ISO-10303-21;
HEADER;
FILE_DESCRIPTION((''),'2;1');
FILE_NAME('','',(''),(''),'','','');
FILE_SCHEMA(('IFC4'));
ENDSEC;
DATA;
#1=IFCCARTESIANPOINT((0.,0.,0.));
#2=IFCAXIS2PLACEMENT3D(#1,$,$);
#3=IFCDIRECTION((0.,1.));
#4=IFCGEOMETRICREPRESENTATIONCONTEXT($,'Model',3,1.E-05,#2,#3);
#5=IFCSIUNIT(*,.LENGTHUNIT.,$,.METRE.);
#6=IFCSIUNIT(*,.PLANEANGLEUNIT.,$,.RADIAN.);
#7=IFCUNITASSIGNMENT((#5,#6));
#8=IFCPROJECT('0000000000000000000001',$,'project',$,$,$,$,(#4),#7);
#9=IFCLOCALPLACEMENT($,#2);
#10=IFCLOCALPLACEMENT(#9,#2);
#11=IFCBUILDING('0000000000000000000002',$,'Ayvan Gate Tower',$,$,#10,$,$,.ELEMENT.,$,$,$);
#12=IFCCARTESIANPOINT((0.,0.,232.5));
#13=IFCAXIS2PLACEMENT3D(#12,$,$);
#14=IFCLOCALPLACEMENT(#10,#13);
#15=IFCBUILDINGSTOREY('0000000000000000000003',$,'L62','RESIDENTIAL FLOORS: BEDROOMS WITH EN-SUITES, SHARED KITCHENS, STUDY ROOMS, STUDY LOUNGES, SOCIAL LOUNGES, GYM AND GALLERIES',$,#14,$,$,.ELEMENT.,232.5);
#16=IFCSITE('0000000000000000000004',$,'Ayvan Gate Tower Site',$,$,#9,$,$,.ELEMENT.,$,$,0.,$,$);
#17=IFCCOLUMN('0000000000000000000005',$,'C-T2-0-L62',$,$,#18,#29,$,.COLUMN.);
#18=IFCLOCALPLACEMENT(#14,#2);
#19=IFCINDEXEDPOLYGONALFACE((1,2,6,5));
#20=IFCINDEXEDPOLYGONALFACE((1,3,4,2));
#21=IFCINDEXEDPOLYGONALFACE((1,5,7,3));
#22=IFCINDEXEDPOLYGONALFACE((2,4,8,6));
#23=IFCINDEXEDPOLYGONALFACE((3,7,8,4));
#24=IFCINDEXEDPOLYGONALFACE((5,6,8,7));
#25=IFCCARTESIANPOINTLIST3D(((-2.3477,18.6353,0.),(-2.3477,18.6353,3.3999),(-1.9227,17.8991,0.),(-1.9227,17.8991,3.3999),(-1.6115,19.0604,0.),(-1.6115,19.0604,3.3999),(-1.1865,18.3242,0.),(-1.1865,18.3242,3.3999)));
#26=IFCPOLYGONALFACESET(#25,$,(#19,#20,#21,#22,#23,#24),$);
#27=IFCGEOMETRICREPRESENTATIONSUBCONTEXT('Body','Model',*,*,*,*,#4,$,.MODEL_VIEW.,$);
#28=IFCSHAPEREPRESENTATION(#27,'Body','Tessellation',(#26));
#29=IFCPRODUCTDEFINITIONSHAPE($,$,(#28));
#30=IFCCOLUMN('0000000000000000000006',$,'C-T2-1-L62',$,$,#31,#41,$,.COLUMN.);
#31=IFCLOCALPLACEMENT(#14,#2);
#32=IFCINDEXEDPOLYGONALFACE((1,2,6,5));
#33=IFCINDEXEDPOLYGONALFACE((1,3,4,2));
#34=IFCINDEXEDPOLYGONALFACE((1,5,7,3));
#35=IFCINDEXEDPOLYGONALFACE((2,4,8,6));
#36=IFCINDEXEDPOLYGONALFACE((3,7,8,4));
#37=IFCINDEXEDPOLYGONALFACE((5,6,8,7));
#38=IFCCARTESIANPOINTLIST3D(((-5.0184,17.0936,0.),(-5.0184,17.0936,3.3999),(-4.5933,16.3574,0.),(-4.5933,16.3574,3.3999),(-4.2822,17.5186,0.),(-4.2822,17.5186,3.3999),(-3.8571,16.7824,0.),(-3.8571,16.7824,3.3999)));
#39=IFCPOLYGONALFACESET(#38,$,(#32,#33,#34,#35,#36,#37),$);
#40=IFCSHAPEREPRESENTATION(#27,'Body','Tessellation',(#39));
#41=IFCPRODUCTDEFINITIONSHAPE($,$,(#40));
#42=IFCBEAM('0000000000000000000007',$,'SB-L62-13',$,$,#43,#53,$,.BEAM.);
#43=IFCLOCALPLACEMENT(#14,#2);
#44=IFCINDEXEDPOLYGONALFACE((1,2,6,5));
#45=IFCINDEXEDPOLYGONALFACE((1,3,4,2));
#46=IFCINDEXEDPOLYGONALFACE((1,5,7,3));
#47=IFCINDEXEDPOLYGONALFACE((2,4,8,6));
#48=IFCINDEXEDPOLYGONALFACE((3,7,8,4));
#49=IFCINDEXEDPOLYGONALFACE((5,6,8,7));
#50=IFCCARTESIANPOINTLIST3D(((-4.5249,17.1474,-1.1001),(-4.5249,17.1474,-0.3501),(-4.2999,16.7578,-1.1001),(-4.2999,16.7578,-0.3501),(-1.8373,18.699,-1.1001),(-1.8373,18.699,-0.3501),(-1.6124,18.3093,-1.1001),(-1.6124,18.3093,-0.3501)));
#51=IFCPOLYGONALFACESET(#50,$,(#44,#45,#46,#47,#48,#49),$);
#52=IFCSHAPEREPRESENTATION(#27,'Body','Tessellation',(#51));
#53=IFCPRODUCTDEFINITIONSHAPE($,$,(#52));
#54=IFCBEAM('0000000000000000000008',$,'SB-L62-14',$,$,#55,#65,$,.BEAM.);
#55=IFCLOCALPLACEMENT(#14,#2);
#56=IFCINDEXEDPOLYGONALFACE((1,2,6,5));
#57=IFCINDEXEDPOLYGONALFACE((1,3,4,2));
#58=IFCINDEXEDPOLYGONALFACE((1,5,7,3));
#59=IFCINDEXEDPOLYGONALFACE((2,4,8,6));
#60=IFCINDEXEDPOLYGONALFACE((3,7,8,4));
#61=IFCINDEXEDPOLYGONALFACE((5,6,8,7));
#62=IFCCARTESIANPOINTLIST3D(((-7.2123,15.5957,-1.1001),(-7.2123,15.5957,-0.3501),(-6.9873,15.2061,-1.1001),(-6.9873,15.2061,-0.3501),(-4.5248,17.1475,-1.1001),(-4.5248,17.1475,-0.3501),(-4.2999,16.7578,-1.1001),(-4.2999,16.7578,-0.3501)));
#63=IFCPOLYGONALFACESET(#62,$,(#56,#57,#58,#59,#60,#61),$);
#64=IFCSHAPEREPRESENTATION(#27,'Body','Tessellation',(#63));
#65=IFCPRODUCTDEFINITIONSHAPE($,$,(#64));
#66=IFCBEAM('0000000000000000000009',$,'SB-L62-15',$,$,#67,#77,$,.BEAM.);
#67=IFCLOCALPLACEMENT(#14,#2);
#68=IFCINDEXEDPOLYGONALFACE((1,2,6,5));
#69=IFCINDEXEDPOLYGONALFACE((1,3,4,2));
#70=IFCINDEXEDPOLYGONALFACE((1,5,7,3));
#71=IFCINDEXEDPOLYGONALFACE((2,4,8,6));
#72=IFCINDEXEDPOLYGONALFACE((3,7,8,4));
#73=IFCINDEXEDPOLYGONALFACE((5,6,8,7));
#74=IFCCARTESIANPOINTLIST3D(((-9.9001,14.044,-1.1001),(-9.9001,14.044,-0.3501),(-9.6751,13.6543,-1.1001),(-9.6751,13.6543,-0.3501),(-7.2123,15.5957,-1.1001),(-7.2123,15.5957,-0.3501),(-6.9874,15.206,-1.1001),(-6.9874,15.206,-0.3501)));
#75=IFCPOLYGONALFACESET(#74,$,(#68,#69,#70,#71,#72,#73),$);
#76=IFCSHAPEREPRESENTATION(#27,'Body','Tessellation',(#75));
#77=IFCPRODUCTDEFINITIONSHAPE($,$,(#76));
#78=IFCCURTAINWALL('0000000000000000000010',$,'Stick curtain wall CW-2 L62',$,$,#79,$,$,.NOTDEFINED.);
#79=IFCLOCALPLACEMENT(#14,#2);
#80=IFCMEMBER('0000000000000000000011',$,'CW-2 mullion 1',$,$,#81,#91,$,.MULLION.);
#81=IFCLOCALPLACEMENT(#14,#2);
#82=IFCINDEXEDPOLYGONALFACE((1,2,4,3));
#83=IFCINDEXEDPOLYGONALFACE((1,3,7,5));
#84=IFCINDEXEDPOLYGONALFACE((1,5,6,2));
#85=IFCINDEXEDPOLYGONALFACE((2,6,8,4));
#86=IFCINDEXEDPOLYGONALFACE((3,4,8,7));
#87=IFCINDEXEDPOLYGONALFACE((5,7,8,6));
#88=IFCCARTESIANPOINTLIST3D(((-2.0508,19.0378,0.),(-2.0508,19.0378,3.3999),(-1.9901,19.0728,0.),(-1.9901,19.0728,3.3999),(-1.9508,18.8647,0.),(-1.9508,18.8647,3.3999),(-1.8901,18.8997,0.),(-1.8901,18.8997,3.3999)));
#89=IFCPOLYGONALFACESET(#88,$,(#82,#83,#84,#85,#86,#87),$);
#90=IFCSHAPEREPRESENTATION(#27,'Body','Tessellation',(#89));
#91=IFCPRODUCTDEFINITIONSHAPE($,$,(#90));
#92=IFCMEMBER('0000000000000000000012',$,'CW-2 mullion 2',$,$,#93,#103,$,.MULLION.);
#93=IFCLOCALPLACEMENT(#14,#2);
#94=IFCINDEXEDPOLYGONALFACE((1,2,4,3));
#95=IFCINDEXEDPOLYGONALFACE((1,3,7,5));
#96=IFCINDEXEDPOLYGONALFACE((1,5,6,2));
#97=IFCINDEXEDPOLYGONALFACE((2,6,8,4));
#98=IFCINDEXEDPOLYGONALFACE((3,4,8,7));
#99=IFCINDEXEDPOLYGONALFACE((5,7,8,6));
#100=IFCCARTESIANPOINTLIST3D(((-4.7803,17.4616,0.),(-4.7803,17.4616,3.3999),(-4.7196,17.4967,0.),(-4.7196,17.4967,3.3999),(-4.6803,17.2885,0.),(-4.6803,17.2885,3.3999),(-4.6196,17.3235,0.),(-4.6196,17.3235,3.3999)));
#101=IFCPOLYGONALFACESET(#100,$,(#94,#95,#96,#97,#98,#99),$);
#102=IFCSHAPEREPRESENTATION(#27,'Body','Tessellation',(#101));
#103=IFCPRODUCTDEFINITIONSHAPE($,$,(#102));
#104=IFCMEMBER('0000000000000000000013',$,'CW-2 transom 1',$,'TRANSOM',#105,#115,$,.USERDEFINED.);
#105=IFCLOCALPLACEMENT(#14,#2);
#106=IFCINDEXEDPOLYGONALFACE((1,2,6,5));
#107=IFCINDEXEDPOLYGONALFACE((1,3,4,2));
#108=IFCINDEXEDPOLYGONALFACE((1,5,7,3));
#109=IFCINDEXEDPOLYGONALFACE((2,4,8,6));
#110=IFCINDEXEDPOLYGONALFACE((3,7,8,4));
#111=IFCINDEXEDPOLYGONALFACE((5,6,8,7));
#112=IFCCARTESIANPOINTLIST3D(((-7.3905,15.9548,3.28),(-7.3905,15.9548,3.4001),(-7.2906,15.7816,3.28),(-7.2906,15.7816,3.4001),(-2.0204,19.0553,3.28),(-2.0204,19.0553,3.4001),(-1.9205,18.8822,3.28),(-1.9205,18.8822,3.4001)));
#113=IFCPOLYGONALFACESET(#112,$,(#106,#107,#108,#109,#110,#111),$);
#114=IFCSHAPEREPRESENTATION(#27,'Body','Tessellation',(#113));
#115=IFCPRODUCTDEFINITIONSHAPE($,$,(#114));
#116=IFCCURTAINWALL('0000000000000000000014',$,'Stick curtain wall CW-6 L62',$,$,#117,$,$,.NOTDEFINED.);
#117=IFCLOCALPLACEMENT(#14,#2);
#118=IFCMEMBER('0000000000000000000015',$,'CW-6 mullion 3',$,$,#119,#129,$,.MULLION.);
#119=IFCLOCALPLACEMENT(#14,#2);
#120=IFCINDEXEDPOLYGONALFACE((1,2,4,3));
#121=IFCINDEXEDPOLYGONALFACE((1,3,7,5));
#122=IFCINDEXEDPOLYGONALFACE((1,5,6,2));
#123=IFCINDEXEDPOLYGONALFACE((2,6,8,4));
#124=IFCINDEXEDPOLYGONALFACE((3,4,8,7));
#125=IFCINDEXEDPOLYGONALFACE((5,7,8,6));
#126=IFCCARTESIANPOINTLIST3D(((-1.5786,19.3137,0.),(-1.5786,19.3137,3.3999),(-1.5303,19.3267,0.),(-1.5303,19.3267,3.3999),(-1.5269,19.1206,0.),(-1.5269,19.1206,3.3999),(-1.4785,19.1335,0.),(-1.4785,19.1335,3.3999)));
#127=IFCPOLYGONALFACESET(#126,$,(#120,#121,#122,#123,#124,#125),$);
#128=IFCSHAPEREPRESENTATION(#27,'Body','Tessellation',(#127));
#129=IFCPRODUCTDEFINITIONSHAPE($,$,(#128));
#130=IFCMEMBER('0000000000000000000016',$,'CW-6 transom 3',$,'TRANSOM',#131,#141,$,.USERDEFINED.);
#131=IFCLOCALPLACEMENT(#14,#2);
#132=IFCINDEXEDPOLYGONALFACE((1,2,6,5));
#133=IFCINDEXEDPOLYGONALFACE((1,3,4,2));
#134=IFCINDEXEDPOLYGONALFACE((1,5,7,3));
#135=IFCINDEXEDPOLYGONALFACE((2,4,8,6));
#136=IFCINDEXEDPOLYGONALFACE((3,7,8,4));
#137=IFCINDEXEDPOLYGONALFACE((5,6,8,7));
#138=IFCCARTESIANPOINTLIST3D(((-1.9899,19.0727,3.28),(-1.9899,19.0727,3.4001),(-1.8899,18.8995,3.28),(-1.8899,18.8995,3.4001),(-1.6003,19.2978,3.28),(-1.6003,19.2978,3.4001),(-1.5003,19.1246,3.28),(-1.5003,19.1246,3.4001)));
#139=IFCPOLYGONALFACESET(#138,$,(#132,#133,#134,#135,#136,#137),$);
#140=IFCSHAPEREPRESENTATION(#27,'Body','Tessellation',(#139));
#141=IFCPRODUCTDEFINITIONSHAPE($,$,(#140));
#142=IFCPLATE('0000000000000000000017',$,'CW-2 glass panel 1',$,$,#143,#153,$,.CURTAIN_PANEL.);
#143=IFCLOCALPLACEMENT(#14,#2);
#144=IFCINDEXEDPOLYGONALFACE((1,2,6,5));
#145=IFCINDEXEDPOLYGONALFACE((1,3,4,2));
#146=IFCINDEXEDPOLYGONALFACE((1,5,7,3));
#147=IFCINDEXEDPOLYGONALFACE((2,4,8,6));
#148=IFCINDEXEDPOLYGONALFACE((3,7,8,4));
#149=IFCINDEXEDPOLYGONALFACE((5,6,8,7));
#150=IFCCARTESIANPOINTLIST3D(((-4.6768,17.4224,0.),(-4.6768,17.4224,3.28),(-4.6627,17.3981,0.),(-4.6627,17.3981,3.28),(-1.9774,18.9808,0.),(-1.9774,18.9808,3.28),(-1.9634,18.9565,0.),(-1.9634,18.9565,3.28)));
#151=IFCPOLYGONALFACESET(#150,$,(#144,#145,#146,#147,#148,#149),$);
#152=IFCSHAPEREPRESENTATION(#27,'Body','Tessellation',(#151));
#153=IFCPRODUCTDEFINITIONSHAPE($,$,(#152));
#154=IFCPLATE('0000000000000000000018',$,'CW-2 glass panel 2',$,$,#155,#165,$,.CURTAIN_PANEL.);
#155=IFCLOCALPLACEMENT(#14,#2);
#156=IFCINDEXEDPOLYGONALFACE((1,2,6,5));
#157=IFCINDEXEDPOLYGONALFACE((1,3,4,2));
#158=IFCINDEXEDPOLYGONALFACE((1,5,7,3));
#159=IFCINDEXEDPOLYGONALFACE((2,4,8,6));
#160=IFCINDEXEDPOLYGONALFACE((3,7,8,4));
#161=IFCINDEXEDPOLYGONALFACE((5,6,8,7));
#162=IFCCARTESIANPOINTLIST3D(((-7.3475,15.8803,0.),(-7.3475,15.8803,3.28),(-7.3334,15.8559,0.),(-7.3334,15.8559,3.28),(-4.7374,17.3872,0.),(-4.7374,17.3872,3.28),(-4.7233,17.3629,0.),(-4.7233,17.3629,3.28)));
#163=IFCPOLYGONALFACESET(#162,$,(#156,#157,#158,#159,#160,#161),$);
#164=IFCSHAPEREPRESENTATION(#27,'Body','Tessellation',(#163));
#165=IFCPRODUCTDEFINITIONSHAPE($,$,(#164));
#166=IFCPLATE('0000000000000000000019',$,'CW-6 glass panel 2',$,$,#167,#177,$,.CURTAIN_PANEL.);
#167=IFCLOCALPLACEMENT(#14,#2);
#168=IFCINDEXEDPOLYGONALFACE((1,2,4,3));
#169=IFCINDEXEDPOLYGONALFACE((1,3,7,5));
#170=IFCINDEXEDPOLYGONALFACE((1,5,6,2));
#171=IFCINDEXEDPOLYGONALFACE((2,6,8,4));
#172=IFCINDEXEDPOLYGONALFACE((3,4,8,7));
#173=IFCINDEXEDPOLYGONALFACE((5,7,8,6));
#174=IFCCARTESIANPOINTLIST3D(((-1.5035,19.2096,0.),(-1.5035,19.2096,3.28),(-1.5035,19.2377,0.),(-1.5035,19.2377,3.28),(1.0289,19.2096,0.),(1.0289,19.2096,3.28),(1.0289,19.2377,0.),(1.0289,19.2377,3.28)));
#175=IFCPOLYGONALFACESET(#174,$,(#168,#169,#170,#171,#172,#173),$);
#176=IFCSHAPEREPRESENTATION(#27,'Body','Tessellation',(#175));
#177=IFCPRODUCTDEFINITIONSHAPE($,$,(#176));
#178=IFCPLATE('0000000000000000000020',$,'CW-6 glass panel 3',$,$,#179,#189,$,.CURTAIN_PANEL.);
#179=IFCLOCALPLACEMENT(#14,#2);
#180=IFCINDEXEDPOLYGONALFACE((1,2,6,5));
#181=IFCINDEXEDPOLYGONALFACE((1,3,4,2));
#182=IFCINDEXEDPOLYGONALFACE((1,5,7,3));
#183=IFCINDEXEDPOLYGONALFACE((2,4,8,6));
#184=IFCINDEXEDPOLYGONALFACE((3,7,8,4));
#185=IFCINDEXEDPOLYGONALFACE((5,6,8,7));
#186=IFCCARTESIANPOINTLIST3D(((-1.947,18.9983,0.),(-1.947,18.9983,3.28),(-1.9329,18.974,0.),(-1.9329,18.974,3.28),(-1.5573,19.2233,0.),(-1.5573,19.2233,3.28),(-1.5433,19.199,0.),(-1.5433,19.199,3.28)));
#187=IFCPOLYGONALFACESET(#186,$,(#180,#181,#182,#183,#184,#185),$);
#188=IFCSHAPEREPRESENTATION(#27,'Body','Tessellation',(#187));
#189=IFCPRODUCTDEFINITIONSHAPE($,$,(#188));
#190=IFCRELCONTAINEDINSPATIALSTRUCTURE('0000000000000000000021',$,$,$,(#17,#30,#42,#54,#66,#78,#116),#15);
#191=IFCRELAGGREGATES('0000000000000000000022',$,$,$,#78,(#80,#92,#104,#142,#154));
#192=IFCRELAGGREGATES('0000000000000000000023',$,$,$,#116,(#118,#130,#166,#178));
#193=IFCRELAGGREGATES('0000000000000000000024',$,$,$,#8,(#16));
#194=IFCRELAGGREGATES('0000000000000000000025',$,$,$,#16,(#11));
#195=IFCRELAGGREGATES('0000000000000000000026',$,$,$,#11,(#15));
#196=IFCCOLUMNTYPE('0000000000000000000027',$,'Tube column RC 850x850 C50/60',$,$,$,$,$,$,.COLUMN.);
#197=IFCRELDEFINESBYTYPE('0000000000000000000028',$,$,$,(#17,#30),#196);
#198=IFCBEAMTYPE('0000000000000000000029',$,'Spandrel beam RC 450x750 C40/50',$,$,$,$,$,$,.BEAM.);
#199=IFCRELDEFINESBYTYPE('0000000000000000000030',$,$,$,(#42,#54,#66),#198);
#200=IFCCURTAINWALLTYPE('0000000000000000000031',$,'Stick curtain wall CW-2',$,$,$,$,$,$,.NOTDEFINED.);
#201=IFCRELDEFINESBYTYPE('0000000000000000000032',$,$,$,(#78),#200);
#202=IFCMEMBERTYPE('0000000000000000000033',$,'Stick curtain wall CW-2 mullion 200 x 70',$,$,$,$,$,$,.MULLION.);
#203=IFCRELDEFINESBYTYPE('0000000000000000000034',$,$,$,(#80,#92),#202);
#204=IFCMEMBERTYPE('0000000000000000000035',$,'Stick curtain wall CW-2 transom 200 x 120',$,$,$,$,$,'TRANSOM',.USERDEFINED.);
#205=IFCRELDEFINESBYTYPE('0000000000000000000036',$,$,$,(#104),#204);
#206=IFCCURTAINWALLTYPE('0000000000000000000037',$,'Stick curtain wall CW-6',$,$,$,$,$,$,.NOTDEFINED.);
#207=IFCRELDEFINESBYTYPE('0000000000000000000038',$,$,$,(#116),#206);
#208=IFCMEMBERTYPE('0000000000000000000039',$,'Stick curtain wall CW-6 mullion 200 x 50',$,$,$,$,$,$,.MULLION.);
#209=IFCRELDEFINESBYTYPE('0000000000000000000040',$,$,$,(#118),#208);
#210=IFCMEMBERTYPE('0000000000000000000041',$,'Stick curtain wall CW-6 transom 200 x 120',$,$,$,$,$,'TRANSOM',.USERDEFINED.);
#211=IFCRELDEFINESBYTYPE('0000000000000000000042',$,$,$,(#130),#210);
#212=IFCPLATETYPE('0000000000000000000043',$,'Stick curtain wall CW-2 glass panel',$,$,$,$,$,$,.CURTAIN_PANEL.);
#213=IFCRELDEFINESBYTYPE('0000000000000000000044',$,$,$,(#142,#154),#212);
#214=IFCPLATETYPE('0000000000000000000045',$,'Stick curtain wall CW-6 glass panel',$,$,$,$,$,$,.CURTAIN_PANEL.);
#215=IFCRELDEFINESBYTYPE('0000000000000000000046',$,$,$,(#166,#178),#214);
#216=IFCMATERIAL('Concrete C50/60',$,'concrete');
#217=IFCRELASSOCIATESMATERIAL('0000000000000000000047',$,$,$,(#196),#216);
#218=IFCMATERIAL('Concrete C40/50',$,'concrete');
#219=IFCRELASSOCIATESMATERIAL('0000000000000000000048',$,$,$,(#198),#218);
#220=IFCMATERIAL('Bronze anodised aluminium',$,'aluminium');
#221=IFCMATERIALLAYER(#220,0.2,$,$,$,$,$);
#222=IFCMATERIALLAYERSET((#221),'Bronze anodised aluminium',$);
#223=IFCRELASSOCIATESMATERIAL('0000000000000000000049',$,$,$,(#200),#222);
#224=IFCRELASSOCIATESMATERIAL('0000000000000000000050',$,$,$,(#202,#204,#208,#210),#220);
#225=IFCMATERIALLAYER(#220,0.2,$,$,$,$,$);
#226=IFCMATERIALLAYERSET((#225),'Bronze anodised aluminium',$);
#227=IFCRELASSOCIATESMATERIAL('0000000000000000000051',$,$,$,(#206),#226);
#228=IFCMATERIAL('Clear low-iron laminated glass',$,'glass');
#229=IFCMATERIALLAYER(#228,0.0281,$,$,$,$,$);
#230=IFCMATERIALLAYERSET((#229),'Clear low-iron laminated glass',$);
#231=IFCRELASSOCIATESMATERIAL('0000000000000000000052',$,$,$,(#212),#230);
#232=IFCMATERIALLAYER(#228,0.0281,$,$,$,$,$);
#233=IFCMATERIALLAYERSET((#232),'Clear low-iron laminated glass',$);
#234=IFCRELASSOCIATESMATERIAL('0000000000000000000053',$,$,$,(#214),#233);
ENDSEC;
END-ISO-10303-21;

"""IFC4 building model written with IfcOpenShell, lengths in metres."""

from ifc_helpers import new_model, si_unit, direction, frame, origin, origin_2d, place, context, subcontext, project, spatial, rectangle, extrude, material, layer, layer_set, material_profile, profile_set, type_object, element, aggregate, save


model = new_model("IFC4")

# Units and contexts
model_context = context("Model", 3, precision=1e-05, world=origin(), true_north=direction((0.0, 1.0)))
body_context = subcontext(model_context, "Body", "Model", "MODEL_VIEW")
ifc_project = project(units=[si_unit("LENGTHUNIT", "METRE"), si_unit("PLANEANGLEUNIT", "RADIAN")], contexts=[model_context])

# Site, building, storey
site_placement = place(None, origin())
site = spatial("IfcSite", under=ifc_project, at=site_placement, Name="Ayvan Gate Tower Site", CompositionType="ELEMENT", RefElevation=0.0)
building_placement = place(site_placement, origin())
building = spatial("IfcBuilding", under=site, at=building_placement, Name="Ayvan Gate Tower", CompositionType="ELEMENT")
storey_placement = place(building_placement, frame((0.0, 0.0, 232.5)))
storey = spatial("IfcBuildingStorey", under=building, at=storey_placement, Name="L62", Description="RESIDENTIAL FLOORS: BEDROOMS WITH EN-SUITES, SHARED KITCHENS, STUDY ROOMS, STUDY LOUNGES, SOCIAL LOUNGES, GYM AND GALLERIES", CompositionType="ELEMENT", Elevation=232.5)

# Columns
ifc_material_1 = material(Name="Concrete C50/60", Category="concrete")
ifc_material_profile_1 = material_profile(ifc_material_1, rectangle(XDim=0.8501, YDim=0.8501, at=origin_2d()), Name="RC 850x850")
ifc_profile_set_1 = profile_set([ifc_material_profile_1], Name="Concrete C50/60")
column_type = type_object("IfcColumnType", Name="Tube column RC 850x850 C50/60", PredefinedType="COLUMN", material=ifc_profile_set_1)
for number, where, z_axis, x_axis, name in (
    (1, (-1.7671, 18.4797, 0.0), (0.0, 0.0, 1.0), (-0.5, 0.866025, 0.0), "C-T2-0-L62"),
    (2, (-4.4377, 16.938, 0.0), (0.0, 0.0, 1.0), (-0.5, 0.866025, 0.0), "C-T2-1-L62"),
):
    element("IfcColumn", number, at=place(storey_placement, frame(where, z_axis=z_axis, x_axis=x_axis)), inside=storey, type_object=column_type, Name=name, PredefinedType="COLUMN", context=body_context, shape_type="SweptSolid", body=[
        extrude(rectangle(XDim=0.8501, YDim=0.8501, at=origin_2d()), origin(), (0.0, 0.0, 1.0), 3.3999),
    ])

# Beams
ifc_material_2 = material(Name="Concrete C40/50", Category="concrete")
ifc_material_profile_2 = material_profile(ifc_material_2, rectangle(XDim=0.45, YDim=0.75, at=origin_2d()), Name="RC 450x750")
ifc_profile_set_2 = profile_set([ifc_material_profile_2], Name="Concrete C40/50")
beam_type = type_object("IfcBeamType", Name="Spandrel beam RC 450x750 C40/50", PredefinedType="BEAM", material=ifc_profile_set_2)
for number, where, z_axis, x_axis, name in (
    (3, (-1.7249, 18.5042, -0.7251), (-0.866041, -0.499972, 0.0), (0.499972, -0.866041, 0.0), "SB-L62-13"),
    (4, (-4.4124, 16.9526, -0.7251), (-0.866007, -0.500031, 0.0), (0.500031, -0.866007, 0.0), "SB-L62-14"),
):
    element("IfcBeam", number, at=place(storey_placement, frame(where, z_axis=z_axis, x_axis=x_axis)), inside=storey, type_object=beam_type, Name=name, PredefinedType="BEAM", context=body_context, shape_type="SweptSolid", body=[
        extrude(rectangle(XDim=0.45, YDim=0.75, at=origin_2d()), origin(), (0.0, 0.0, 1.0), 3.1033),
    ])
beam_placement = place(storey_placement, frame((-7.0999, 15.4009, -0.7251), z_axis=(-0.866027, -0.499997, 0.0), x_axis=(0.499997, -0.866027, 0.0)))
element("IfcBeam", 5, at=beam_placement, inside=storey, type_object=beam_type, Name="SB-L62-15", PredefinedType="BEAM", context=body_context, shape_type="SweptSolid", body=[
    extrude(rectangle(XDim=0.45, YDim=0.75, at=origin_2d()), origin(), (0.0, 0.0, 1.0), 3.1035),
])

# Curtain walls, members
ifc_material_3 = material(Name="Bronze anodised aluminium", Category="aluminium")
ifc_layer_1 = layer(ifc_material_3, 0.2)
ifc_layer_set_1 = layer_set([ifc_layer_1], Name="Bronze anodised aluminium")
curtain_wall_type_1 = type_object("IfcCurtainWallType", Name="Stick curtain wall CW-2", PredefinedType="NOTDEFINED", material=ifc_layer_set_1)
curtain_wall_1_placement = place(storey_placement, origin())
curtain_wall_1 = element("IfcCurtainWall", 6, at=curtain_wall_1_placement, inside=storey, type_object=curtain_wall_type_1, Name="Stick curtain wall CW-2 L62", PredefinedType="NOTDEFINED")
ifc_material_profile_3 = material_profile(ifc_material_3, rectangle(XDim=0.2, YDim=0.0701, at=origin_2d()), Name="Stick curtain wall CW-2 mullion 200 x 70")
ifc_profile_set_3 = profile_set([ifc_material_profile_3], Name="Bronze anodised aluminium")
member_type_1 = type_object("IfcMemberType", Name="Stick curtain wall CW-2 mullion 200 x 70", PredefinedType="MULLION", material=ifc_profile_set_3)
member_1_placement = place(storey_placement, frame((-1.9705, 18.9688, 0.0), z_axis=(0.0, 0.0, 1.0), x_axis=(-0.5, 0.866025, 0.0)))
member_1 = element("IfcMember", 7, at=member_1_placement, type_object=member_type_1, Name="CW-2 mullion 1", PredefinedType="MULLION", context=body_context, shape_type="SweptSolid", body=[
    extrude(rectangle(XDim=0.2, YDim=0.0701, at=origin_2d()), origin(), (0.0, 0.0, 1.0), 3.3999),
])
member_2_placement = place(storey_placement, frame((-4.7, 17.3926, 0.0), z_axis=(0.0, 0.0, 1.0), x_axis=(-0.5, 0.866025, 0.0)))
member_2 = element("IfcMember", 8, at=member_2_placement, type_object=member_type_1, Name="CW-2 mullion 2", PredefinedType="MULLION", context=body_context, shape_type="SweptSolid", body=[
    extrude(rectangle(XDim=0.2, YDim=0.0701, at=origin_2d()), origin(), (0.0, 0.0, 1.0), 3.3999),
])
ifc_material_profile_4 = material_profile(ifc_material_3, rectangle(XDim=0.2, YDim=0.1201, at=origin_2d()), Name="Stick curtain wall CW-2 transom 200 x 120")
ifc_profile_set_4 = profile_set([ifc_material_profile_4], Name="Bronze anodised aluminium")
member_type_2 = type_object("IfcMemberType", Name="Stick curtain wall CW-2 transom 200 x 120", ElementType="TRANSOM", PredefinedType="USERDEFINED", material=ifc_profile_set_4)
member_3_placement = place(storey_placement, frame((-1.9705, 18.9688, 3.3401), z_axis=(-0.866015, -0.500018, 0.0), x_axis=(0.500018, -0.866015, 0.0)))
member_3 = element("IfcMember", 9, at=member_3_placement, type_object=member_type_2, Name="CW-2 transom 1", ObjectType="TRANSOM", PredefinedType="USERDEFINED", context=body_context, shape_type="SweptSolid", body=[
    extrude(rectangle(XDim=0.2, YDim=0.1201, at=origin_2d()), origin(), (0.0, 0.0, 1.0), 6.2009),
])
ifc_layer_2 = layer(ifc_material_3, 0.2)
ifc_layer_set_2 = layer_set([ifc_layer_2], Name="Bronze anodised aluminium")
curtain_wall_type_2 = type_object("IfcCurtainWallType", Name="Stick curtain wall CW-6", PredefinedType="NOTDEFINED", material=ifc_layer_set_2)
curtain_wall_2_placement = place(storey_placement, origin())
curtain_wall_2 = element("IfcCurtainWall", 10, at=curtain_wall_2_placement, inside=storey, type_object=curtain_wall_type_2, Name="Stick curtain wall CW-6 L62", PredefinedType="NOTDEFINED")
ifc_material_profile_5 = material_profile(ifc_material_3, rectangle(XDim=0.2, YDim=0.05, at=origin_2d()), Name="Stick curtain wall CW-6 mullion 200 x 50")
ifc_profile_set_5 = profile_set([ifc_material_profile_5], Name="Bronze anodised aluminium")
member_type_3 = type_object("IfcMemberType", Name="Stick curtain wall CW-6 mullion 200 x 50", PredefinedType="MULLION", material=ifc_profile_set_5)
member_4_placement = place(storey_placement, frame((-1.5286, 19.2236, 0.0), z_axis=(0.0, 0.0, 1.0), x_axis=(-0.258819, 0.965926, 0.0)))
member_4 = element("IfcMember", 11, at=member_4_placement, type_object=member_type_3, Name="CW-6 mullion 3", PredefinedType="MULLION", context=body_context, shape_type="SweptSolid", body=[
    extrude(rectangle(XDim=0.2, YDim=0.05, at=origin_2d()), origin(), (0.0, 0.0, 1.0), 3.3999),
])
ifc_material_profile_6 = material_profile(ifc_material_3, rectangle(XDim=0.2, YDim=0.1201, at=origin_2d()), Name="Stick curtain wall CW-6 transom 200 x 120")
ifc_profile_set_6 = profile_set([ifc_material_profile_6], Name="Bronze anodised aluminium")
member_type_4 = type_object("IfcMemberType", Name="Stick curtain wall CW-6 transom 200 x 120", ElementType="TRANSOM", PredefinedType="USERDEFINED", material=ifc_profile_set_6)
member_5_placement = place(storey_placement, frame((-1.5503, 19.2112, 3.3401), z_axis=(-0.865896, -0.500223, 0.0), x_axis=(0.500223, -0.865896, 0.0)))
member_5 = element("IfcMember", 12, at=member_5_placement, type_object=member_type_4, Name="CW-6 transom 3", ObjectType="TRANSOM", PredefinedType="USERDEFINED", context=body_context, shape_type="SweptSolid", body=[
    extrude(rectangle(XDim=0.2, YDim=0.1201, at=origin_2d()), origin(), (0.0, 0.0, 1.0), 0.45),
])

# Plates
ifc_material_4 = material(Name="Clear low-iron laminated glass", Category="glass")
ifc_layer_3 = layer(ifc_material_4, 0.0281)
ifc_layer_set_3 = layer_set([ifc_layer_3], Name="Clear low-iron laminated glass")
plate_type_1 = type_object("IfcPlateType", Name="Stick curtain wall CW-2 glass panel", PredefinedType="CURTAIN_PANEL", material=ifc_layer_set_3)
plate_1_placement = place(storey_placement, frame((-3.3201, 18.1895, 0.0), z_axis=(0.0, 0.0, 1.0), x_axis=(-0.866025, -0.5, 0.0)))
plate_1 = element("IfcPlate", 13, at=plate_1_placement, type_object=plate_type_1, Name="CW-2 glass panel 1", PredefinedType="CURTAIN_PANEL", context=body_context, shape_type="SweptSolid", body=[
    extrude(rectangle(XDim=3.1169, YDim=0.0281, at=origin_2d()), origin(), (0.0, 0.0, 1.0), 3.28),
])
plate_2_placement = place(storey_placement, frame((-6.0354, 16.6216, 0.0), z_axis=(0.0, 0.0, 1.0), x_axis=(-0.866025, -0.5, 0.0)))
plate_2 = element("IfcPlate", 14, at=plate_2_placement, type_object=plate_type_1, Name="CW-2 glass panel 2", PredefinedType="CURTAIN_PANEL", context=body_context, shape_type="SweptSolid", body=[
    extrude(rectangle(XDim=3.0139, YDim=0.0281, at=origin_2d()), origin(), (0.0, 0.0, 1.0), 3.28),
])
aggregate(curtain_wall_1, [member_1, member_2, member_3, plate_1, plate_2])
ifc_layer_4 = layer(ifc_material_4, 0.0281)
ifc_layer_set_4 = layer_set([ifc_layer_4], Name="Clear low-iron laminated glass")
plate_type_2 = type_object("IfcPlateType", Name="Stick curtain wall CW-6 glass panel", PredefinedType="CURTAIN_PANEL", material=ifc_layer_set_4)
plate_3_placement = place(storey_placement, frame((-0.2373, 19.2236, 0.0), z_axis=(0.0, 0.0, 1.0), x_axis=(-1.0, 0.0, 0.0)))
plate_3 = element("IfcPlate", 15, at=plate_3_placement, type_object=plate_type_2, Name="CW-6 glass panel 2", PredefinedType="CURTAIN_PANEL", context=body_context, shape_type="SweptSolid", body=[
    extrude(rectangle(XDim=2.5325, YDim=0.0281, at=origin_2d()), origin(), (0.0, 0.0, 1.0), 3.28),
])
plate_4_placement = place(storey_placement, frame((-1.7451, 19.0986, 0.0), z_axis=(0.0, 0.0, 1.0), x_axis=(-0.866025, -0.5, 0.0)))
plate_4 = element("IfcPlate", 16, at=plate_4_placement, type_object=plate_type_2, Name="CW-6 glass panel 3", PredefinedType="CURTAIN_PANEL", context=body_context, shape_type="SweptSolid", body=[
    extrude(rectangle(XDim=0.45, YDim=0.0281, at=origin_2d()), origin(), (0.0, 0.0, 1.0), 3.28),
])
aggregate(curtain_wall_2, [member_4, member_5, plate_3, plate_4])

save(model, "model.ifc")
